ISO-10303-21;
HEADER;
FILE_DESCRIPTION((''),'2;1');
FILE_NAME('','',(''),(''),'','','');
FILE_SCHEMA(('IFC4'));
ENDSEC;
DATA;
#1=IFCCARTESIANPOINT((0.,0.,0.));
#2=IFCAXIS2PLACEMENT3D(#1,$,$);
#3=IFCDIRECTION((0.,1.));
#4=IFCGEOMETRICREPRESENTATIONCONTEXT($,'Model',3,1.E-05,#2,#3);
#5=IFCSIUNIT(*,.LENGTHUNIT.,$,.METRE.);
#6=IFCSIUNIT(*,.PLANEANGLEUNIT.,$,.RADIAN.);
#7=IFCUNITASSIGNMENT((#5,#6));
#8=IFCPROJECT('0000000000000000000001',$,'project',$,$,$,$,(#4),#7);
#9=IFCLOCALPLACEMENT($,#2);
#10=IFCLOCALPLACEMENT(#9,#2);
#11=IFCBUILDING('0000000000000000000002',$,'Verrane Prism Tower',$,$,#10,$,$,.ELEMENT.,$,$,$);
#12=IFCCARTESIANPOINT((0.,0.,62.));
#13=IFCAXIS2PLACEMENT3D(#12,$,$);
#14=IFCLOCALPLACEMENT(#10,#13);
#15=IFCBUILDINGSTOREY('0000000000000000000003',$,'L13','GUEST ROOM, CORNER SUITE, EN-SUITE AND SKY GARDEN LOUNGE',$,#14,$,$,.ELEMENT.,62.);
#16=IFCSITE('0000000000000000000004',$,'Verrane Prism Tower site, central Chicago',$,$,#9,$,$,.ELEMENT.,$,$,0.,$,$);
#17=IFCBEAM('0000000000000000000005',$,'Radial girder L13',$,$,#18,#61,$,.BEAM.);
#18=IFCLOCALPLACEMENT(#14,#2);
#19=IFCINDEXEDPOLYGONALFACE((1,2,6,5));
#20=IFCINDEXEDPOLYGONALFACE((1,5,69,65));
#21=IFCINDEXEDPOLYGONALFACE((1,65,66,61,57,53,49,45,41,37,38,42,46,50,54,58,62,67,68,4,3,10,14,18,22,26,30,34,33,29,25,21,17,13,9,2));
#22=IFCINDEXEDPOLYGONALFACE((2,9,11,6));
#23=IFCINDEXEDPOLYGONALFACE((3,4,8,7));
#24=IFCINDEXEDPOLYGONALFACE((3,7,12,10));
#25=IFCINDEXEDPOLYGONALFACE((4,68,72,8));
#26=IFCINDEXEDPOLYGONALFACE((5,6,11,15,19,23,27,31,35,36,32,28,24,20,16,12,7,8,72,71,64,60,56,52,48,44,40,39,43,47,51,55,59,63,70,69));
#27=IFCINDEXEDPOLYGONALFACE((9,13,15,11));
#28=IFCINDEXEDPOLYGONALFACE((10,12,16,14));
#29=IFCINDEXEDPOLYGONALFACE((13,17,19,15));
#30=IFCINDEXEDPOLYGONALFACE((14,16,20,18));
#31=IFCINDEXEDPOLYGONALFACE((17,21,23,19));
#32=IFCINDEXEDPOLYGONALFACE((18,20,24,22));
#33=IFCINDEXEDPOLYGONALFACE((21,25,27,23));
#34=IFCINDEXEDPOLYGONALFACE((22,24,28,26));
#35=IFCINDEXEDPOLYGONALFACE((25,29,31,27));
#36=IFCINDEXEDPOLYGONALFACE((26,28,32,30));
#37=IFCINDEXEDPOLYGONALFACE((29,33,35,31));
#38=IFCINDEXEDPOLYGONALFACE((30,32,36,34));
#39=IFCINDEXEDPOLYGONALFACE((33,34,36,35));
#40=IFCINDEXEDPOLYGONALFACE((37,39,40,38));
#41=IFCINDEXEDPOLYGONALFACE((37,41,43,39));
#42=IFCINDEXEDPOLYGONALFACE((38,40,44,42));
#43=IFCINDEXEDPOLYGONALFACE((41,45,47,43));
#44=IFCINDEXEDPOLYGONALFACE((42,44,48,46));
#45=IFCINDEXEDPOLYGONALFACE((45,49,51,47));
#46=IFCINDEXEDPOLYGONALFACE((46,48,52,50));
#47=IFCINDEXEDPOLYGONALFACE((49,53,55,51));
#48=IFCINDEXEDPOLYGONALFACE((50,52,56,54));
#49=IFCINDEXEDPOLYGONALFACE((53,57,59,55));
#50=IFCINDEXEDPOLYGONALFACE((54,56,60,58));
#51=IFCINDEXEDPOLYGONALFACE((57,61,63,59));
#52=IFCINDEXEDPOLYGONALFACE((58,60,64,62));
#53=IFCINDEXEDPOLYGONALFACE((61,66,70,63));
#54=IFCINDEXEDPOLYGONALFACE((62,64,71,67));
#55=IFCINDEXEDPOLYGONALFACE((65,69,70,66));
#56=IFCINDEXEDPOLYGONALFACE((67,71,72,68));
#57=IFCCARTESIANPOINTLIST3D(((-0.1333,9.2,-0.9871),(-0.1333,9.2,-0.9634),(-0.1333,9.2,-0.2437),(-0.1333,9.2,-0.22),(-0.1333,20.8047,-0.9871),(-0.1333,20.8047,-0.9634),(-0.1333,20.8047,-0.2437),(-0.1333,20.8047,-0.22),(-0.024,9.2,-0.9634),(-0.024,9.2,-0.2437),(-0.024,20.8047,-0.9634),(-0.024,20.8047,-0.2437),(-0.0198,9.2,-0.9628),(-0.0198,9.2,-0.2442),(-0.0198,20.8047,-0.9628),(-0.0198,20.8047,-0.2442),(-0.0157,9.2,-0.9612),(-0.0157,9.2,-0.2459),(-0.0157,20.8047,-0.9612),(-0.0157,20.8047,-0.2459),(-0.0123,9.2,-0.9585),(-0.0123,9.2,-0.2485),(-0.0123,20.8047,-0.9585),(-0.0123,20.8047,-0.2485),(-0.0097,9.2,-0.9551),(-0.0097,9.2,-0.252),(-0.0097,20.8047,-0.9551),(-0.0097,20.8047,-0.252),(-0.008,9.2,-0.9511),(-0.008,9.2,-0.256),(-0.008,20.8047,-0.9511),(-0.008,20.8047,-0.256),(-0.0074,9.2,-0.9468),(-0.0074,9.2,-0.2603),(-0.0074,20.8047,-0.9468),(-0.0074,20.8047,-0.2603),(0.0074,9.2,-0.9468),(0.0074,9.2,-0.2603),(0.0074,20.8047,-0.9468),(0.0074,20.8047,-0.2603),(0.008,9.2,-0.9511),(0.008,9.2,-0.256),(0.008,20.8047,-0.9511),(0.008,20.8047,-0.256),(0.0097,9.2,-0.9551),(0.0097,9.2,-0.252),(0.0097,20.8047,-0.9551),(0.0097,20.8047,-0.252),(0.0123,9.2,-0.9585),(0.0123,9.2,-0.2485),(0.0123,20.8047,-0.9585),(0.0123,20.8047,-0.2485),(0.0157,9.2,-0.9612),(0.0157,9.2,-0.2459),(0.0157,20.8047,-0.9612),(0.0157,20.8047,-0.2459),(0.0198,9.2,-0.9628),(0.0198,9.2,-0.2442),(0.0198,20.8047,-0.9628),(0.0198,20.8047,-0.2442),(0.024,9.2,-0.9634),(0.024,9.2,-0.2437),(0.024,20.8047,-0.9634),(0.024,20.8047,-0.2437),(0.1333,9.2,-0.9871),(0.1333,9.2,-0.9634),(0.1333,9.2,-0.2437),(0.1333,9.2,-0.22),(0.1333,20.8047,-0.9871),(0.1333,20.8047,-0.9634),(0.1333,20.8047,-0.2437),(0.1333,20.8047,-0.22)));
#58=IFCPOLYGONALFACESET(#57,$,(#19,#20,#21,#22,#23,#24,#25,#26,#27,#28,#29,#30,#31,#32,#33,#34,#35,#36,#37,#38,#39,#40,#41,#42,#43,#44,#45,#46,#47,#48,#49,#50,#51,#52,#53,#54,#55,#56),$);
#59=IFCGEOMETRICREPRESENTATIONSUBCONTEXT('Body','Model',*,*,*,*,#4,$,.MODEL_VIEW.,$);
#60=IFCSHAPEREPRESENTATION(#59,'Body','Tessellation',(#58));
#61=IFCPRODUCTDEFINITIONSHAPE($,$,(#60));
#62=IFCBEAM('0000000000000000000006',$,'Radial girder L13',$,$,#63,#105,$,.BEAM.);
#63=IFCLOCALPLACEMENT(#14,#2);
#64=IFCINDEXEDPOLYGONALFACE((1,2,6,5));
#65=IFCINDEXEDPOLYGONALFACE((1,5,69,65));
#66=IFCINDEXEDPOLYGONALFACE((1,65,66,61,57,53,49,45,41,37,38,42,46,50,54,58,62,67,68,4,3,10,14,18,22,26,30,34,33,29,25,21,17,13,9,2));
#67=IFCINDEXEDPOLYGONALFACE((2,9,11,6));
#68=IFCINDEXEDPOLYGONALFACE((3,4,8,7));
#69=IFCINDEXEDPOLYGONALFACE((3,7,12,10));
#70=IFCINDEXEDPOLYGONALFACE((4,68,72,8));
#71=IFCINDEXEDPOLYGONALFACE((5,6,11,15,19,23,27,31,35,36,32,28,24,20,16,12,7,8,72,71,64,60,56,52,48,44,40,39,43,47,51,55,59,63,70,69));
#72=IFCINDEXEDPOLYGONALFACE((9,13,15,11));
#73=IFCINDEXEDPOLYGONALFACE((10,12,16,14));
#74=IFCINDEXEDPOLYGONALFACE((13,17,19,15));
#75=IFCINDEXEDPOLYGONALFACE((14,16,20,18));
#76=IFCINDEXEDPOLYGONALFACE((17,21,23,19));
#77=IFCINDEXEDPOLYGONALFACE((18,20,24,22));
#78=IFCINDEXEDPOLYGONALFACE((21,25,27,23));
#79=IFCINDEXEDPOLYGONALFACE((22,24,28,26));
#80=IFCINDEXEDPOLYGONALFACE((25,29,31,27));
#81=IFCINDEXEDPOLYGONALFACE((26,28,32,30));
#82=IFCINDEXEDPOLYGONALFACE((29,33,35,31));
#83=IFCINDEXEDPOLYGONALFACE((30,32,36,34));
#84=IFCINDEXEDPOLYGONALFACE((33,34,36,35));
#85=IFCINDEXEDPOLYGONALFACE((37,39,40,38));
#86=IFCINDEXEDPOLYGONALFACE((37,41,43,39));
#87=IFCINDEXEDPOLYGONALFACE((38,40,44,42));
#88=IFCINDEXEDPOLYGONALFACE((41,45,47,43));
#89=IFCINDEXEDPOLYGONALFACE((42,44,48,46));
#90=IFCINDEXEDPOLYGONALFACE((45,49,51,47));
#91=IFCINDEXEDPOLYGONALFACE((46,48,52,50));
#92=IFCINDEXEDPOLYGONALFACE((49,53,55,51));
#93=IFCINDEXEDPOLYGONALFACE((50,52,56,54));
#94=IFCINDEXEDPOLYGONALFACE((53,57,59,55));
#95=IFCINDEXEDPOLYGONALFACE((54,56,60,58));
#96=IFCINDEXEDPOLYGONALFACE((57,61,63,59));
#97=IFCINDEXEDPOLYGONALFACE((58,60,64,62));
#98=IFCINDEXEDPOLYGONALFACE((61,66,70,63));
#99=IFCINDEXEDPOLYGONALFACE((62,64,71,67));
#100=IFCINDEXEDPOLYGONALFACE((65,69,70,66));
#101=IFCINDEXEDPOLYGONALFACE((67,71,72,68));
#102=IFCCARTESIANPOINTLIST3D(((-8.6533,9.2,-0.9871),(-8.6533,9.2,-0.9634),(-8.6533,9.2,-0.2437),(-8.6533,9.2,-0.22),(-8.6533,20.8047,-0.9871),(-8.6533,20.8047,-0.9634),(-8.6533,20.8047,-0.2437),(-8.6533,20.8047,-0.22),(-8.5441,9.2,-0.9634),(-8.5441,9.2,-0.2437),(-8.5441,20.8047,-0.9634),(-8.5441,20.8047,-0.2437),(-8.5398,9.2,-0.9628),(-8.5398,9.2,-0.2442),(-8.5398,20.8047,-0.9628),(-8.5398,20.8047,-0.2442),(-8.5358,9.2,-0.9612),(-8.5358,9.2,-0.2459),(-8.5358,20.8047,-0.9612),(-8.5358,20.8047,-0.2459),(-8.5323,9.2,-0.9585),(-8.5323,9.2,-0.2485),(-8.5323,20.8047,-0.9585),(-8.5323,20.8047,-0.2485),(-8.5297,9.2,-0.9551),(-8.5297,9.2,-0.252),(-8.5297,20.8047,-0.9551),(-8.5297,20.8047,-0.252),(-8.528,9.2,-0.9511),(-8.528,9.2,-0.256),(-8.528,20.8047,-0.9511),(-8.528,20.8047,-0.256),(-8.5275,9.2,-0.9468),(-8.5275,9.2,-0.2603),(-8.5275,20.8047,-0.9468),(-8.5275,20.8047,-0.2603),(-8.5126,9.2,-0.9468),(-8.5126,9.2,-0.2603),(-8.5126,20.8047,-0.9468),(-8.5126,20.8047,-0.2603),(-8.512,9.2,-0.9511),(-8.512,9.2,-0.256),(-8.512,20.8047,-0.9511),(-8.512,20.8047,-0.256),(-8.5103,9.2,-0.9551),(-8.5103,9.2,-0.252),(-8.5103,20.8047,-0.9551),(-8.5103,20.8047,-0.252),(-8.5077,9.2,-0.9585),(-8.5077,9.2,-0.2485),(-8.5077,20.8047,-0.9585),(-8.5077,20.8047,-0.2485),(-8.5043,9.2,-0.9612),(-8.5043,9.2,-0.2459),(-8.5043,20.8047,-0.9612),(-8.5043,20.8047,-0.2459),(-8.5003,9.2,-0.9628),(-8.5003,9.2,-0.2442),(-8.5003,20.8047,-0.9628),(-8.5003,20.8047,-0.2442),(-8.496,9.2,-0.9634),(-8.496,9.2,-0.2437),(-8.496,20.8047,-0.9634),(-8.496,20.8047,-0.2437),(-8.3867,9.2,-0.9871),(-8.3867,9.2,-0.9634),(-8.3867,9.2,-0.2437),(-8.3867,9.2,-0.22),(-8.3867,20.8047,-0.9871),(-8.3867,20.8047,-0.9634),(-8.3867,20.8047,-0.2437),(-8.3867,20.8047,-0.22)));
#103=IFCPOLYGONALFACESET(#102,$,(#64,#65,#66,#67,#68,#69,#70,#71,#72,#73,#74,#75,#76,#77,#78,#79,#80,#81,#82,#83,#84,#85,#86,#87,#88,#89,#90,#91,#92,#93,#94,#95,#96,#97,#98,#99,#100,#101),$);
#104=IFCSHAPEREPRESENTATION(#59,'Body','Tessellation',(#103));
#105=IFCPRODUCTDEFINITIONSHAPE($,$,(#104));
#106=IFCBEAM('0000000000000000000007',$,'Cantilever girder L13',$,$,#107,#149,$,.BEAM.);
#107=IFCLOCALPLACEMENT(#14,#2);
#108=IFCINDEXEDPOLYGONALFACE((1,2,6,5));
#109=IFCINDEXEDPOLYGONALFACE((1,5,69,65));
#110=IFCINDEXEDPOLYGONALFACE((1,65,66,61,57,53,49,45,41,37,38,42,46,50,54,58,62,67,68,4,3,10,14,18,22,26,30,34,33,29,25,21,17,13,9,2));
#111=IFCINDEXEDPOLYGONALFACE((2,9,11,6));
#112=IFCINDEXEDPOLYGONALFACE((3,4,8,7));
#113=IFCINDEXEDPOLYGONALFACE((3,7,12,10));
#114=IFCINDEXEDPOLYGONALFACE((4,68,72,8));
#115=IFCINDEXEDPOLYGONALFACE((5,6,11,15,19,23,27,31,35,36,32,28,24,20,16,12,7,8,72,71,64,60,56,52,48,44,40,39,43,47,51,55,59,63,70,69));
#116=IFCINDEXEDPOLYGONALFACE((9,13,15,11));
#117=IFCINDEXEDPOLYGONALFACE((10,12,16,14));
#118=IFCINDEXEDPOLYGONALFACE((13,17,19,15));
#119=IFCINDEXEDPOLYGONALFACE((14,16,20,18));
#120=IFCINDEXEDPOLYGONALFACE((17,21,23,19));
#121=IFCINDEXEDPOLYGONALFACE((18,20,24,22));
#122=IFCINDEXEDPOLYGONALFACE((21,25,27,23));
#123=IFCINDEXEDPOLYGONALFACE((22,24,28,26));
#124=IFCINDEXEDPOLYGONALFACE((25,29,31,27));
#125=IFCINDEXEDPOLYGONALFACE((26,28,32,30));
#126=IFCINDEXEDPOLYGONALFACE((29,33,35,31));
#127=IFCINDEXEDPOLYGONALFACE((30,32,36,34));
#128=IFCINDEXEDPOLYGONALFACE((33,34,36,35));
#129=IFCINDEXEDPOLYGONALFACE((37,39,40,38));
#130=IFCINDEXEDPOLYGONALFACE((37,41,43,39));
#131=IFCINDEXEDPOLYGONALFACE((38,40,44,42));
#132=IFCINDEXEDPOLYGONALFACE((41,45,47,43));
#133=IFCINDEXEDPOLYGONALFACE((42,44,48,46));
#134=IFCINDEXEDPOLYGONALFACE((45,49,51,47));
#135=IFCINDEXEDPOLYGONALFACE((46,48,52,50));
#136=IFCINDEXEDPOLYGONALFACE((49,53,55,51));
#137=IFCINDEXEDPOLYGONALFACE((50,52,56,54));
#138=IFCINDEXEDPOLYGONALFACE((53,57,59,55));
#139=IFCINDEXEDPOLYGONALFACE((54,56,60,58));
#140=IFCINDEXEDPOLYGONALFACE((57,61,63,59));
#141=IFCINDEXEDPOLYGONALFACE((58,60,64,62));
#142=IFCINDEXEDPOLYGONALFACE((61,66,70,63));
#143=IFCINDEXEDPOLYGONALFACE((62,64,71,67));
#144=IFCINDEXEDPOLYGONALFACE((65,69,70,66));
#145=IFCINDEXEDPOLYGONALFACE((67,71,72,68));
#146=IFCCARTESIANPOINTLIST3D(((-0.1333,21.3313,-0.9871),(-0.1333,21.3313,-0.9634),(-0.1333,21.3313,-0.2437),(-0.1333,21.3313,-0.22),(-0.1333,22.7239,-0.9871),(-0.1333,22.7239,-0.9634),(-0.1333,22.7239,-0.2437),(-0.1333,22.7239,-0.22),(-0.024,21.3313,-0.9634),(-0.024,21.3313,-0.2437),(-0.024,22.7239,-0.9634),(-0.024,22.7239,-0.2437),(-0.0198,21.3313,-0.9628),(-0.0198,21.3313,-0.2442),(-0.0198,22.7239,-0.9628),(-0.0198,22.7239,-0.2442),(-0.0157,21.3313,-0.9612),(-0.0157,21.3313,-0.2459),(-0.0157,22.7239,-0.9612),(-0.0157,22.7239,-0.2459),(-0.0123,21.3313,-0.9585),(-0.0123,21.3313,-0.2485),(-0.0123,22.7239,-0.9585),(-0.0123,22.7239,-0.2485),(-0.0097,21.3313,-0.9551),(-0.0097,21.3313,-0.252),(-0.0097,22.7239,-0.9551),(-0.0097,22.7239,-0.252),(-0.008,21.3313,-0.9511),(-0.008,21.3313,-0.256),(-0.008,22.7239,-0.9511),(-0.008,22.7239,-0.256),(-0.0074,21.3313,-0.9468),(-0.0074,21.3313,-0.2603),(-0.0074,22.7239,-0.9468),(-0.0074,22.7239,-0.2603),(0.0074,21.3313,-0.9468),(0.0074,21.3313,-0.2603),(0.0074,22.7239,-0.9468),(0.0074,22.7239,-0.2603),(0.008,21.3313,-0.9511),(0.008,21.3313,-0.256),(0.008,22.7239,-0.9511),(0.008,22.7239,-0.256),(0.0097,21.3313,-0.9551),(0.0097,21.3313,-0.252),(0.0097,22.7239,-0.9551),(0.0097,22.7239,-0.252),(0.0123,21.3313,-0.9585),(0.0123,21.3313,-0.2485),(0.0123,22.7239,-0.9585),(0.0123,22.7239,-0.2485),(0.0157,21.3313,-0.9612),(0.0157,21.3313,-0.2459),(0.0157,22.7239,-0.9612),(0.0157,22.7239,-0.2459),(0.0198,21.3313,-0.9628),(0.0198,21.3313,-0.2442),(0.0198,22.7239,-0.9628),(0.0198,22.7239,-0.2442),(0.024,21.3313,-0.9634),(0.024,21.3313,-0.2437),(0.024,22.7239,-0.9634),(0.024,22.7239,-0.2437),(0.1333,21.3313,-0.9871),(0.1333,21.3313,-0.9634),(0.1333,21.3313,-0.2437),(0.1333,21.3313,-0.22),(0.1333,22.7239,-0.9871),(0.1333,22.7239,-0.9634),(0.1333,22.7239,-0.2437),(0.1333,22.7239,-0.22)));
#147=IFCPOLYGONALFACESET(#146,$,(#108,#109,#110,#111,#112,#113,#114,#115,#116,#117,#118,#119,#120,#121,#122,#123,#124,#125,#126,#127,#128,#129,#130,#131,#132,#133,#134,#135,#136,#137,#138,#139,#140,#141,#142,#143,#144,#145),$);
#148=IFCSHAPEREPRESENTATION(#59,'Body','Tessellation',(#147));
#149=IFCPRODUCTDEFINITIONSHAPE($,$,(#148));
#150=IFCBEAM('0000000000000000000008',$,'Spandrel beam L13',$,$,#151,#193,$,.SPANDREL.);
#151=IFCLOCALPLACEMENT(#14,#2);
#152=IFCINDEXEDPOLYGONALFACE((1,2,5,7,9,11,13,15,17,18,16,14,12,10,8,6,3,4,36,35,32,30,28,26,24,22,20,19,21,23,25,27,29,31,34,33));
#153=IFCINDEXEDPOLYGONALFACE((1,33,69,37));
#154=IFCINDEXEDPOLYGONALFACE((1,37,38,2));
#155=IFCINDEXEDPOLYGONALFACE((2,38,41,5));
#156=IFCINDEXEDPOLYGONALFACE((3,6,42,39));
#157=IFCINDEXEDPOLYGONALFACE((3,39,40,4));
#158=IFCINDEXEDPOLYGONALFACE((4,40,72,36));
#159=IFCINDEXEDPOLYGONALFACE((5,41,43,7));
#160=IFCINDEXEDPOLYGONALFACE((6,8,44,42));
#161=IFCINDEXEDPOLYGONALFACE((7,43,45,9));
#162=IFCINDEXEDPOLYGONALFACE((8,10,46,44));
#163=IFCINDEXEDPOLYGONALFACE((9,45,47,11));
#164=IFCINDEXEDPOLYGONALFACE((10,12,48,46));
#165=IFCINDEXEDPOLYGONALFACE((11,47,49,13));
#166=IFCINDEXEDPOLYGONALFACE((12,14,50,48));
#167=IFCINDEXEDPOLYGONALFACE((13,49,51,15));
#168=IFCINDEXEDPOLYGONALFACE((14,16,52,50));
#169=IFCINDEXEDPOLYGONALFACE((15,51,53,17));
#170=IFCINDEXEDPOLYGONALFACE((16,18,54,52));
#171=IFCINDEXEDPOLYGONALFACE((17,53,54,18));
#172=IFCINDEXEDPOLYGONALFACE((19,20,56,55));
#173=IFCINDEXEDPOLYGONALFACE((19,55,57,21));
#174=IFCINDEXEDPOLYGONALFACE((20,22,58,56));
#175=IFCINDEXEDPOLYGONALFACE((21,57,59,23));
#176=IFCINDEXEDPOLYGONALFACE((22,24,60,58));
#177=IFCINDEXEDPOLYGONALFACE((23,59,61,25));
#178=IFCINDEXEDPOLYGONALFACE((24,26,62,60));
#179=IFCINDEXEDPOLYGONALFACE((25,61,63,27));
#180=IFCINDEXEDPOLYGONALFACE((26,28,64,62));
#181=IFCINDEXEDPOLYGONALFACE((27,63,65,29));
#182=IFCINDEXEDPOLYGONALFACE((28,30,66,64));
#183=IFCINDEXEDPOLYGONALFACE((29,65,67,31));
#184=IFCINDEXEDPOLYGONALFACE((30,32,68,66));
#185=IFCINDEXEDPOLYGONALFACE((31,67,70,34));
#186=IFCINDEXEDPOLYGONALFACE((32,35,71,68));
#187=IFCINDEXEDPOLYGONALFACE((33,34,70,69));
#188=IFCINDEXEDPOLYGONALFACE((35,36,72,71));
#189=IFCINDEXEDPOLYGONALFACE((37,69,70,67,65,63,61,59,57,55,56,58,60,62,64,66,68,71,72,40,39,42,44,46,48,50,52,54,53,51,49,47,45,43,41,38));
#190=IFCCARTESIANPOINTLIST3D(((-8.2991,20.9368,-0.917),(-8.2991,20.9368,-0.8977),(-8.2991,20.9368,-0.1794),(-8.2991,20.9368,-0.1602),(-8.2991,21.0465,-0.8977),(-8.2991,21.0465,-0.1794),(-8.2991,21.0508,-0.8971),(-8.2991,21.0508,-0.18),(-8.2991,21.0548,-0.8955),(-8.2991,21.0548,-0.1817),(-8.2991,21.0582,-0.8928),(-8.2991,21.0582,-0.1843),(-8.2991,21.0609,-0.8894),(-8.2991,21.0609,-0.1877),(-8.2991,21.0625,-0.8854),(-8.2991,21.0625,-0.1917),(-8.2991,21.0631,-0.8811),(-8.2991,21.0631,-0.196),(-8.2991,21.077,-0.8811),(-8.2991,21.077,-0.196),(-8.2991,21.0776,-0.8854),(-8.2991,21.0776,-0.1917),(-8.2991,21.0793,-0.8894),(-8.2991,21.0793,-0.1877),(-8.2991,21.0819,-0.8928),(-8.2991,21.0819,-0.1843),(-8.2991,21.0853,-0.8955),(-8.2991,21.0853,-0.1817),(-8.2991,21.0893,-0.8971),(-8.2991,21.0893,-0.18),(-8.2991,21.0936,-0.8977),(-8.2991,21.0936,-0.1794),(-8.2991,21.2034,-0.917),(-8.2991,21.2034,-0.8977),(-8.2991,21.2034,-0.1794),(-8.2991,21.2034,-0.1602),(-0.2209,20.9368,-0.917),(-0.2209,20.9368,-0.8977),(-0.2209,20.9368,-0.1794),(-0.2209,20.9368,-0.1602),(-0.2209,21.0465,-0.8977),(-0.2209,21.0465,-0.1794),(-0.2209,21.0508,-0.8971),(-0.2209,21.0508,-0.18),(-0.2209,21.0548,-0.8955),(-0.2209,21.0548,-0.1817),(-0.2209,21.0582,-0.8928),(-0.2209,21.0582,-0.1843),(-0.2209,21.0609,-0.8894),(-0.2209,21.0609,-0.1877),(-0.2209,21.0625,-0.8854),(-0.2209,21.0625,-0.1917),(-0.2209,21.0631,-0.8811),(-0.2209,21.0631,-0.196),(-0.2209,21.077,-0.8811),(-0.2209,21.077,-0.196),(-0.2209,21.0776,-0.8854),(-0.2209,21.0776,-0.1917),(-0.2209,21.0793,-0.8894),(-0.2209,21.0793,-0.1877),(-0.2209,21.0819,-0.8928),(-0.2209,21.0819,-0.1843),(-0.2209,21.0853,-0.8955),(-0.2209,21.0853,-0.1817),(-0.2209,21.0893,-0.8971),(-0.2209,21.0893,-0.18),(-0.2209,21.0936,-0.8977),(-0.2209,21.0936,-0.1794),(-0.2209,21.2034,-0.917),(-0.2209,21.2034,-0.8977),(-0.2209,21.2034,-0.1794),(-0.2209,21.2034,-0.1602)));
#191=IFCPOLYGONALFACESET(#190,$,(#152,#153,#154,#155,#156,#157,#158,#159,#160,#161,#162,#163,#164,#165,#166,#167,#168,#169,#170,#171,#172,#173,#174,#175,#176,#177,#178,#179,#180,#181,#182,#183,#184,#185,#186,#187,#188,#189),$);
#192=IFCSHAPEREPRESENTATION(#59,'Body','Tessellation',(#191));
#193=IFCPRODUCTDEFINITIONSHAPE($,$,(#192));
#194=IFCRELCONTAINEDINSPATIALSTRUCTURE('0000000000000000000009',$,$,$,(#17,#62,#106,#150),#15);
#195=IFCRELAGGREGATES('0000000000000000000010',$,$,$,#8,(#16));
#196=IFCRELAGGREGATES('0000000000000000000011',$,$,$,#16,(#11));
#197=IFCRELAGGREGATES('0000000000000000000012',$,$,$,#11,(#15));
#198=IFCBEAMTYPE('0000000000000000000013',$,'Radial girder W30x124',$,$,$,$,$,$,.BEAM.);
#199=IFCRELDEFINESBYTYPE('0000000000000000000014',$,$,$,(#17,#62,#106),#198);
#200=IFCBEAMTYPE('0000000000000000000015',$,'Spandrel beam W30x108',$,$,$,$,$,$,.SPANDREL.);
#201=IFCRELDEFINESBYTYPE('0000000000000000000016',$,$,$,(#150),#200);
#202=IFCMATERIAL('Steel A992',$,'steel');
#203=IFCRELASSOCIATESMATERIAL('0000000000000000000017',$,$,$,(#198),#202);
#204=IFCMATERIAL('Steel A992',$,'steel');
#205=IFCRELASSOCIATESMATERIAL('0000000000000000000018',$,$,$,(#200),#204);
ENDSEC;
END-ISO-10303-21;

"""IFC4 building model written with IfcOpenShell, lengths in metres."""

from ifc_helpers import new_model, si_unit, direction, frame, origin, origin_2d, place, context, subcontext, project, spatial, i_section, extrude, material, material_profile, profile_set, type_object, element, save


model = new_model("IFC4")

# Units and contexts
model_context = context("Model", 3, precision=1e-05, world=origin(), true_north=direction((0.0, 1.0)))
body_context = subcontext(model_context, "Body", "Model", "MODEL_VIEW")
ifc_project = project(units=[si_unit("LENGTHUNIT", "METRE"), si_unit("PLANEANGLEUNIT", "RADIAN")], contexts=[model_context])

# Site, building, storey
site_placement = place(None, origin())
site = spatial("IfcSite", under=ifc_project, at=site_placement, Name="Verrane Prism Tower site, central Chicago", CompositionType="ELEMENT", RefElevation=0.0)
building_placement = place(site_placement, origin())
building = spatial("IfcBuilding", under=site, at=building_placement, Name="Verrane Prism Tower", CompositionType="ELEMENT")
storey_placement = place(building_placement, frame((0.0, 0.0, 62.0)))
storey = spatial("IfcBuildingStorey", under=building, at=storey_placement, Name="L13", Description="GUEST ROOM, CORNER SUITE, EN-SUITE AND SKY GARDEN LOUNGE", CompositionType="ELEMENT", Elevation=62.0)

# Beams
ifc_material_1 = material(Name="Steel A992", Category="steel")
ifc_material_profile_1 = material_profile(ifc_material_1, i_section(OverallWidth=0.2666, OverallDepth=0.7671, WebThickness=0.0149, FlangeThickness=0.0237, FilletRadius=0.0166, at=origin_2d()), Name="W30x124")
ifc_profile_set_1 = profile_set([ifc_material_profile_1], Name="Steel A992")
beam_type_1 = type_object("IfcBeamType", Name="Radial girder W30x124", PredefinedType="BEAM", material=ifc_profile_set_1)
for number, where, z_axis, x_axis, name in (
    (1, (0.0, 20.8047, -0.6035), (0.0, -1.0, 0.0), (1.0, 0.0, 0.0), "Radial girder L13"),
    (2, (-8.52, 20.8047, -0.6035), (0.0, -1.0, 0.0), (1.0, 0.0, 0.0), "Radial girder L13"),
):
    element("IfcBeam", number, at=place(storey_placement, frame(where, z_axis=z_axis, x_axis=x_axis)), inside=storey, type_object=beam_type_1, Name=name, PredefinedType="BEAM", context=body_context, shape_type="SweptSolid", body=[
        extrude(i_section(OverallWidth=0.2666, OverallDepth=0.7671, WebThickness=0.0149, FlangeThickness=0.0237, FilletRadius=0.0166, at=origin_2d()), origin(), (0.0, 0.0, 1.0), 11.6047),
    ])
beam_1_placement = place(storey_placement, frame((0.0, 21.3313, -0.6035), z_axis=(0.0, 1.0, 0.0), x_axis=(-1.0, 0.0, 0.0)))
element("IfcBeam", 3, at=beam_1_placement, inside=storey, type_object=beam_type_1, Name="Cantilever girder L13", PredefinedType="BEAM", context=body_context, shape_type="SweptSolid", body=[
    extrude(i_section(OverallWidth=0.2666, OverallDepth=0.7671, WebThickness=0.0149, FlangeThickness=0.0237, FilletRadius=0.0166, at=origin_2d()), origin(), (0.0, 0.0, 1.0), 1.3926),
])
ifc_material_2 = material(Name="Steel A992", Category="steel")
ifc_material_profile_2 = material_profile(ifc_material_2, i_section(OverallWidth=0.2666, OverallDepth=0.7568, WebThickness=0.0139, FlangeThickness=0.0193, FilletRadius=0.0166, at=origin_2d()), Name="W30x108")
ifc_profile_set_2 = profile_set([ifc_material_profile_2], Name="Steel A992")
beam_type_2 = type_object("IfcBeamType", Name="Spandrel beam W30x108", PredefinedType="SPANDREL", material=ifc_profile_set_2)
beam_2_placement = place(storey_placement, frame((-0.2209, 21.0701, -0.5386), z_axis=(-1.0, 0.0, 0.0), x_axis=(0.0, -1.0, 0.0)))
element("IfcBeam", 4, at=beam_2_placement, inside=storey, type_object=beam_type_2, Name="Spandrel beam L13", PredefinedType="SPANDREL", context=body_context, shape_type="SweptSolid", body=[
    extrude(i_section(OverallWidth=0.2666, OverallDepth=0.7568, WebThickness=0.0139, FlangeThickness=0.0193, FilletRadius=0.0166, at=origin_2d()), origin(), (0.0, 0.0, 1.0), 8.0781),
])

save(model, "model.ifc")
